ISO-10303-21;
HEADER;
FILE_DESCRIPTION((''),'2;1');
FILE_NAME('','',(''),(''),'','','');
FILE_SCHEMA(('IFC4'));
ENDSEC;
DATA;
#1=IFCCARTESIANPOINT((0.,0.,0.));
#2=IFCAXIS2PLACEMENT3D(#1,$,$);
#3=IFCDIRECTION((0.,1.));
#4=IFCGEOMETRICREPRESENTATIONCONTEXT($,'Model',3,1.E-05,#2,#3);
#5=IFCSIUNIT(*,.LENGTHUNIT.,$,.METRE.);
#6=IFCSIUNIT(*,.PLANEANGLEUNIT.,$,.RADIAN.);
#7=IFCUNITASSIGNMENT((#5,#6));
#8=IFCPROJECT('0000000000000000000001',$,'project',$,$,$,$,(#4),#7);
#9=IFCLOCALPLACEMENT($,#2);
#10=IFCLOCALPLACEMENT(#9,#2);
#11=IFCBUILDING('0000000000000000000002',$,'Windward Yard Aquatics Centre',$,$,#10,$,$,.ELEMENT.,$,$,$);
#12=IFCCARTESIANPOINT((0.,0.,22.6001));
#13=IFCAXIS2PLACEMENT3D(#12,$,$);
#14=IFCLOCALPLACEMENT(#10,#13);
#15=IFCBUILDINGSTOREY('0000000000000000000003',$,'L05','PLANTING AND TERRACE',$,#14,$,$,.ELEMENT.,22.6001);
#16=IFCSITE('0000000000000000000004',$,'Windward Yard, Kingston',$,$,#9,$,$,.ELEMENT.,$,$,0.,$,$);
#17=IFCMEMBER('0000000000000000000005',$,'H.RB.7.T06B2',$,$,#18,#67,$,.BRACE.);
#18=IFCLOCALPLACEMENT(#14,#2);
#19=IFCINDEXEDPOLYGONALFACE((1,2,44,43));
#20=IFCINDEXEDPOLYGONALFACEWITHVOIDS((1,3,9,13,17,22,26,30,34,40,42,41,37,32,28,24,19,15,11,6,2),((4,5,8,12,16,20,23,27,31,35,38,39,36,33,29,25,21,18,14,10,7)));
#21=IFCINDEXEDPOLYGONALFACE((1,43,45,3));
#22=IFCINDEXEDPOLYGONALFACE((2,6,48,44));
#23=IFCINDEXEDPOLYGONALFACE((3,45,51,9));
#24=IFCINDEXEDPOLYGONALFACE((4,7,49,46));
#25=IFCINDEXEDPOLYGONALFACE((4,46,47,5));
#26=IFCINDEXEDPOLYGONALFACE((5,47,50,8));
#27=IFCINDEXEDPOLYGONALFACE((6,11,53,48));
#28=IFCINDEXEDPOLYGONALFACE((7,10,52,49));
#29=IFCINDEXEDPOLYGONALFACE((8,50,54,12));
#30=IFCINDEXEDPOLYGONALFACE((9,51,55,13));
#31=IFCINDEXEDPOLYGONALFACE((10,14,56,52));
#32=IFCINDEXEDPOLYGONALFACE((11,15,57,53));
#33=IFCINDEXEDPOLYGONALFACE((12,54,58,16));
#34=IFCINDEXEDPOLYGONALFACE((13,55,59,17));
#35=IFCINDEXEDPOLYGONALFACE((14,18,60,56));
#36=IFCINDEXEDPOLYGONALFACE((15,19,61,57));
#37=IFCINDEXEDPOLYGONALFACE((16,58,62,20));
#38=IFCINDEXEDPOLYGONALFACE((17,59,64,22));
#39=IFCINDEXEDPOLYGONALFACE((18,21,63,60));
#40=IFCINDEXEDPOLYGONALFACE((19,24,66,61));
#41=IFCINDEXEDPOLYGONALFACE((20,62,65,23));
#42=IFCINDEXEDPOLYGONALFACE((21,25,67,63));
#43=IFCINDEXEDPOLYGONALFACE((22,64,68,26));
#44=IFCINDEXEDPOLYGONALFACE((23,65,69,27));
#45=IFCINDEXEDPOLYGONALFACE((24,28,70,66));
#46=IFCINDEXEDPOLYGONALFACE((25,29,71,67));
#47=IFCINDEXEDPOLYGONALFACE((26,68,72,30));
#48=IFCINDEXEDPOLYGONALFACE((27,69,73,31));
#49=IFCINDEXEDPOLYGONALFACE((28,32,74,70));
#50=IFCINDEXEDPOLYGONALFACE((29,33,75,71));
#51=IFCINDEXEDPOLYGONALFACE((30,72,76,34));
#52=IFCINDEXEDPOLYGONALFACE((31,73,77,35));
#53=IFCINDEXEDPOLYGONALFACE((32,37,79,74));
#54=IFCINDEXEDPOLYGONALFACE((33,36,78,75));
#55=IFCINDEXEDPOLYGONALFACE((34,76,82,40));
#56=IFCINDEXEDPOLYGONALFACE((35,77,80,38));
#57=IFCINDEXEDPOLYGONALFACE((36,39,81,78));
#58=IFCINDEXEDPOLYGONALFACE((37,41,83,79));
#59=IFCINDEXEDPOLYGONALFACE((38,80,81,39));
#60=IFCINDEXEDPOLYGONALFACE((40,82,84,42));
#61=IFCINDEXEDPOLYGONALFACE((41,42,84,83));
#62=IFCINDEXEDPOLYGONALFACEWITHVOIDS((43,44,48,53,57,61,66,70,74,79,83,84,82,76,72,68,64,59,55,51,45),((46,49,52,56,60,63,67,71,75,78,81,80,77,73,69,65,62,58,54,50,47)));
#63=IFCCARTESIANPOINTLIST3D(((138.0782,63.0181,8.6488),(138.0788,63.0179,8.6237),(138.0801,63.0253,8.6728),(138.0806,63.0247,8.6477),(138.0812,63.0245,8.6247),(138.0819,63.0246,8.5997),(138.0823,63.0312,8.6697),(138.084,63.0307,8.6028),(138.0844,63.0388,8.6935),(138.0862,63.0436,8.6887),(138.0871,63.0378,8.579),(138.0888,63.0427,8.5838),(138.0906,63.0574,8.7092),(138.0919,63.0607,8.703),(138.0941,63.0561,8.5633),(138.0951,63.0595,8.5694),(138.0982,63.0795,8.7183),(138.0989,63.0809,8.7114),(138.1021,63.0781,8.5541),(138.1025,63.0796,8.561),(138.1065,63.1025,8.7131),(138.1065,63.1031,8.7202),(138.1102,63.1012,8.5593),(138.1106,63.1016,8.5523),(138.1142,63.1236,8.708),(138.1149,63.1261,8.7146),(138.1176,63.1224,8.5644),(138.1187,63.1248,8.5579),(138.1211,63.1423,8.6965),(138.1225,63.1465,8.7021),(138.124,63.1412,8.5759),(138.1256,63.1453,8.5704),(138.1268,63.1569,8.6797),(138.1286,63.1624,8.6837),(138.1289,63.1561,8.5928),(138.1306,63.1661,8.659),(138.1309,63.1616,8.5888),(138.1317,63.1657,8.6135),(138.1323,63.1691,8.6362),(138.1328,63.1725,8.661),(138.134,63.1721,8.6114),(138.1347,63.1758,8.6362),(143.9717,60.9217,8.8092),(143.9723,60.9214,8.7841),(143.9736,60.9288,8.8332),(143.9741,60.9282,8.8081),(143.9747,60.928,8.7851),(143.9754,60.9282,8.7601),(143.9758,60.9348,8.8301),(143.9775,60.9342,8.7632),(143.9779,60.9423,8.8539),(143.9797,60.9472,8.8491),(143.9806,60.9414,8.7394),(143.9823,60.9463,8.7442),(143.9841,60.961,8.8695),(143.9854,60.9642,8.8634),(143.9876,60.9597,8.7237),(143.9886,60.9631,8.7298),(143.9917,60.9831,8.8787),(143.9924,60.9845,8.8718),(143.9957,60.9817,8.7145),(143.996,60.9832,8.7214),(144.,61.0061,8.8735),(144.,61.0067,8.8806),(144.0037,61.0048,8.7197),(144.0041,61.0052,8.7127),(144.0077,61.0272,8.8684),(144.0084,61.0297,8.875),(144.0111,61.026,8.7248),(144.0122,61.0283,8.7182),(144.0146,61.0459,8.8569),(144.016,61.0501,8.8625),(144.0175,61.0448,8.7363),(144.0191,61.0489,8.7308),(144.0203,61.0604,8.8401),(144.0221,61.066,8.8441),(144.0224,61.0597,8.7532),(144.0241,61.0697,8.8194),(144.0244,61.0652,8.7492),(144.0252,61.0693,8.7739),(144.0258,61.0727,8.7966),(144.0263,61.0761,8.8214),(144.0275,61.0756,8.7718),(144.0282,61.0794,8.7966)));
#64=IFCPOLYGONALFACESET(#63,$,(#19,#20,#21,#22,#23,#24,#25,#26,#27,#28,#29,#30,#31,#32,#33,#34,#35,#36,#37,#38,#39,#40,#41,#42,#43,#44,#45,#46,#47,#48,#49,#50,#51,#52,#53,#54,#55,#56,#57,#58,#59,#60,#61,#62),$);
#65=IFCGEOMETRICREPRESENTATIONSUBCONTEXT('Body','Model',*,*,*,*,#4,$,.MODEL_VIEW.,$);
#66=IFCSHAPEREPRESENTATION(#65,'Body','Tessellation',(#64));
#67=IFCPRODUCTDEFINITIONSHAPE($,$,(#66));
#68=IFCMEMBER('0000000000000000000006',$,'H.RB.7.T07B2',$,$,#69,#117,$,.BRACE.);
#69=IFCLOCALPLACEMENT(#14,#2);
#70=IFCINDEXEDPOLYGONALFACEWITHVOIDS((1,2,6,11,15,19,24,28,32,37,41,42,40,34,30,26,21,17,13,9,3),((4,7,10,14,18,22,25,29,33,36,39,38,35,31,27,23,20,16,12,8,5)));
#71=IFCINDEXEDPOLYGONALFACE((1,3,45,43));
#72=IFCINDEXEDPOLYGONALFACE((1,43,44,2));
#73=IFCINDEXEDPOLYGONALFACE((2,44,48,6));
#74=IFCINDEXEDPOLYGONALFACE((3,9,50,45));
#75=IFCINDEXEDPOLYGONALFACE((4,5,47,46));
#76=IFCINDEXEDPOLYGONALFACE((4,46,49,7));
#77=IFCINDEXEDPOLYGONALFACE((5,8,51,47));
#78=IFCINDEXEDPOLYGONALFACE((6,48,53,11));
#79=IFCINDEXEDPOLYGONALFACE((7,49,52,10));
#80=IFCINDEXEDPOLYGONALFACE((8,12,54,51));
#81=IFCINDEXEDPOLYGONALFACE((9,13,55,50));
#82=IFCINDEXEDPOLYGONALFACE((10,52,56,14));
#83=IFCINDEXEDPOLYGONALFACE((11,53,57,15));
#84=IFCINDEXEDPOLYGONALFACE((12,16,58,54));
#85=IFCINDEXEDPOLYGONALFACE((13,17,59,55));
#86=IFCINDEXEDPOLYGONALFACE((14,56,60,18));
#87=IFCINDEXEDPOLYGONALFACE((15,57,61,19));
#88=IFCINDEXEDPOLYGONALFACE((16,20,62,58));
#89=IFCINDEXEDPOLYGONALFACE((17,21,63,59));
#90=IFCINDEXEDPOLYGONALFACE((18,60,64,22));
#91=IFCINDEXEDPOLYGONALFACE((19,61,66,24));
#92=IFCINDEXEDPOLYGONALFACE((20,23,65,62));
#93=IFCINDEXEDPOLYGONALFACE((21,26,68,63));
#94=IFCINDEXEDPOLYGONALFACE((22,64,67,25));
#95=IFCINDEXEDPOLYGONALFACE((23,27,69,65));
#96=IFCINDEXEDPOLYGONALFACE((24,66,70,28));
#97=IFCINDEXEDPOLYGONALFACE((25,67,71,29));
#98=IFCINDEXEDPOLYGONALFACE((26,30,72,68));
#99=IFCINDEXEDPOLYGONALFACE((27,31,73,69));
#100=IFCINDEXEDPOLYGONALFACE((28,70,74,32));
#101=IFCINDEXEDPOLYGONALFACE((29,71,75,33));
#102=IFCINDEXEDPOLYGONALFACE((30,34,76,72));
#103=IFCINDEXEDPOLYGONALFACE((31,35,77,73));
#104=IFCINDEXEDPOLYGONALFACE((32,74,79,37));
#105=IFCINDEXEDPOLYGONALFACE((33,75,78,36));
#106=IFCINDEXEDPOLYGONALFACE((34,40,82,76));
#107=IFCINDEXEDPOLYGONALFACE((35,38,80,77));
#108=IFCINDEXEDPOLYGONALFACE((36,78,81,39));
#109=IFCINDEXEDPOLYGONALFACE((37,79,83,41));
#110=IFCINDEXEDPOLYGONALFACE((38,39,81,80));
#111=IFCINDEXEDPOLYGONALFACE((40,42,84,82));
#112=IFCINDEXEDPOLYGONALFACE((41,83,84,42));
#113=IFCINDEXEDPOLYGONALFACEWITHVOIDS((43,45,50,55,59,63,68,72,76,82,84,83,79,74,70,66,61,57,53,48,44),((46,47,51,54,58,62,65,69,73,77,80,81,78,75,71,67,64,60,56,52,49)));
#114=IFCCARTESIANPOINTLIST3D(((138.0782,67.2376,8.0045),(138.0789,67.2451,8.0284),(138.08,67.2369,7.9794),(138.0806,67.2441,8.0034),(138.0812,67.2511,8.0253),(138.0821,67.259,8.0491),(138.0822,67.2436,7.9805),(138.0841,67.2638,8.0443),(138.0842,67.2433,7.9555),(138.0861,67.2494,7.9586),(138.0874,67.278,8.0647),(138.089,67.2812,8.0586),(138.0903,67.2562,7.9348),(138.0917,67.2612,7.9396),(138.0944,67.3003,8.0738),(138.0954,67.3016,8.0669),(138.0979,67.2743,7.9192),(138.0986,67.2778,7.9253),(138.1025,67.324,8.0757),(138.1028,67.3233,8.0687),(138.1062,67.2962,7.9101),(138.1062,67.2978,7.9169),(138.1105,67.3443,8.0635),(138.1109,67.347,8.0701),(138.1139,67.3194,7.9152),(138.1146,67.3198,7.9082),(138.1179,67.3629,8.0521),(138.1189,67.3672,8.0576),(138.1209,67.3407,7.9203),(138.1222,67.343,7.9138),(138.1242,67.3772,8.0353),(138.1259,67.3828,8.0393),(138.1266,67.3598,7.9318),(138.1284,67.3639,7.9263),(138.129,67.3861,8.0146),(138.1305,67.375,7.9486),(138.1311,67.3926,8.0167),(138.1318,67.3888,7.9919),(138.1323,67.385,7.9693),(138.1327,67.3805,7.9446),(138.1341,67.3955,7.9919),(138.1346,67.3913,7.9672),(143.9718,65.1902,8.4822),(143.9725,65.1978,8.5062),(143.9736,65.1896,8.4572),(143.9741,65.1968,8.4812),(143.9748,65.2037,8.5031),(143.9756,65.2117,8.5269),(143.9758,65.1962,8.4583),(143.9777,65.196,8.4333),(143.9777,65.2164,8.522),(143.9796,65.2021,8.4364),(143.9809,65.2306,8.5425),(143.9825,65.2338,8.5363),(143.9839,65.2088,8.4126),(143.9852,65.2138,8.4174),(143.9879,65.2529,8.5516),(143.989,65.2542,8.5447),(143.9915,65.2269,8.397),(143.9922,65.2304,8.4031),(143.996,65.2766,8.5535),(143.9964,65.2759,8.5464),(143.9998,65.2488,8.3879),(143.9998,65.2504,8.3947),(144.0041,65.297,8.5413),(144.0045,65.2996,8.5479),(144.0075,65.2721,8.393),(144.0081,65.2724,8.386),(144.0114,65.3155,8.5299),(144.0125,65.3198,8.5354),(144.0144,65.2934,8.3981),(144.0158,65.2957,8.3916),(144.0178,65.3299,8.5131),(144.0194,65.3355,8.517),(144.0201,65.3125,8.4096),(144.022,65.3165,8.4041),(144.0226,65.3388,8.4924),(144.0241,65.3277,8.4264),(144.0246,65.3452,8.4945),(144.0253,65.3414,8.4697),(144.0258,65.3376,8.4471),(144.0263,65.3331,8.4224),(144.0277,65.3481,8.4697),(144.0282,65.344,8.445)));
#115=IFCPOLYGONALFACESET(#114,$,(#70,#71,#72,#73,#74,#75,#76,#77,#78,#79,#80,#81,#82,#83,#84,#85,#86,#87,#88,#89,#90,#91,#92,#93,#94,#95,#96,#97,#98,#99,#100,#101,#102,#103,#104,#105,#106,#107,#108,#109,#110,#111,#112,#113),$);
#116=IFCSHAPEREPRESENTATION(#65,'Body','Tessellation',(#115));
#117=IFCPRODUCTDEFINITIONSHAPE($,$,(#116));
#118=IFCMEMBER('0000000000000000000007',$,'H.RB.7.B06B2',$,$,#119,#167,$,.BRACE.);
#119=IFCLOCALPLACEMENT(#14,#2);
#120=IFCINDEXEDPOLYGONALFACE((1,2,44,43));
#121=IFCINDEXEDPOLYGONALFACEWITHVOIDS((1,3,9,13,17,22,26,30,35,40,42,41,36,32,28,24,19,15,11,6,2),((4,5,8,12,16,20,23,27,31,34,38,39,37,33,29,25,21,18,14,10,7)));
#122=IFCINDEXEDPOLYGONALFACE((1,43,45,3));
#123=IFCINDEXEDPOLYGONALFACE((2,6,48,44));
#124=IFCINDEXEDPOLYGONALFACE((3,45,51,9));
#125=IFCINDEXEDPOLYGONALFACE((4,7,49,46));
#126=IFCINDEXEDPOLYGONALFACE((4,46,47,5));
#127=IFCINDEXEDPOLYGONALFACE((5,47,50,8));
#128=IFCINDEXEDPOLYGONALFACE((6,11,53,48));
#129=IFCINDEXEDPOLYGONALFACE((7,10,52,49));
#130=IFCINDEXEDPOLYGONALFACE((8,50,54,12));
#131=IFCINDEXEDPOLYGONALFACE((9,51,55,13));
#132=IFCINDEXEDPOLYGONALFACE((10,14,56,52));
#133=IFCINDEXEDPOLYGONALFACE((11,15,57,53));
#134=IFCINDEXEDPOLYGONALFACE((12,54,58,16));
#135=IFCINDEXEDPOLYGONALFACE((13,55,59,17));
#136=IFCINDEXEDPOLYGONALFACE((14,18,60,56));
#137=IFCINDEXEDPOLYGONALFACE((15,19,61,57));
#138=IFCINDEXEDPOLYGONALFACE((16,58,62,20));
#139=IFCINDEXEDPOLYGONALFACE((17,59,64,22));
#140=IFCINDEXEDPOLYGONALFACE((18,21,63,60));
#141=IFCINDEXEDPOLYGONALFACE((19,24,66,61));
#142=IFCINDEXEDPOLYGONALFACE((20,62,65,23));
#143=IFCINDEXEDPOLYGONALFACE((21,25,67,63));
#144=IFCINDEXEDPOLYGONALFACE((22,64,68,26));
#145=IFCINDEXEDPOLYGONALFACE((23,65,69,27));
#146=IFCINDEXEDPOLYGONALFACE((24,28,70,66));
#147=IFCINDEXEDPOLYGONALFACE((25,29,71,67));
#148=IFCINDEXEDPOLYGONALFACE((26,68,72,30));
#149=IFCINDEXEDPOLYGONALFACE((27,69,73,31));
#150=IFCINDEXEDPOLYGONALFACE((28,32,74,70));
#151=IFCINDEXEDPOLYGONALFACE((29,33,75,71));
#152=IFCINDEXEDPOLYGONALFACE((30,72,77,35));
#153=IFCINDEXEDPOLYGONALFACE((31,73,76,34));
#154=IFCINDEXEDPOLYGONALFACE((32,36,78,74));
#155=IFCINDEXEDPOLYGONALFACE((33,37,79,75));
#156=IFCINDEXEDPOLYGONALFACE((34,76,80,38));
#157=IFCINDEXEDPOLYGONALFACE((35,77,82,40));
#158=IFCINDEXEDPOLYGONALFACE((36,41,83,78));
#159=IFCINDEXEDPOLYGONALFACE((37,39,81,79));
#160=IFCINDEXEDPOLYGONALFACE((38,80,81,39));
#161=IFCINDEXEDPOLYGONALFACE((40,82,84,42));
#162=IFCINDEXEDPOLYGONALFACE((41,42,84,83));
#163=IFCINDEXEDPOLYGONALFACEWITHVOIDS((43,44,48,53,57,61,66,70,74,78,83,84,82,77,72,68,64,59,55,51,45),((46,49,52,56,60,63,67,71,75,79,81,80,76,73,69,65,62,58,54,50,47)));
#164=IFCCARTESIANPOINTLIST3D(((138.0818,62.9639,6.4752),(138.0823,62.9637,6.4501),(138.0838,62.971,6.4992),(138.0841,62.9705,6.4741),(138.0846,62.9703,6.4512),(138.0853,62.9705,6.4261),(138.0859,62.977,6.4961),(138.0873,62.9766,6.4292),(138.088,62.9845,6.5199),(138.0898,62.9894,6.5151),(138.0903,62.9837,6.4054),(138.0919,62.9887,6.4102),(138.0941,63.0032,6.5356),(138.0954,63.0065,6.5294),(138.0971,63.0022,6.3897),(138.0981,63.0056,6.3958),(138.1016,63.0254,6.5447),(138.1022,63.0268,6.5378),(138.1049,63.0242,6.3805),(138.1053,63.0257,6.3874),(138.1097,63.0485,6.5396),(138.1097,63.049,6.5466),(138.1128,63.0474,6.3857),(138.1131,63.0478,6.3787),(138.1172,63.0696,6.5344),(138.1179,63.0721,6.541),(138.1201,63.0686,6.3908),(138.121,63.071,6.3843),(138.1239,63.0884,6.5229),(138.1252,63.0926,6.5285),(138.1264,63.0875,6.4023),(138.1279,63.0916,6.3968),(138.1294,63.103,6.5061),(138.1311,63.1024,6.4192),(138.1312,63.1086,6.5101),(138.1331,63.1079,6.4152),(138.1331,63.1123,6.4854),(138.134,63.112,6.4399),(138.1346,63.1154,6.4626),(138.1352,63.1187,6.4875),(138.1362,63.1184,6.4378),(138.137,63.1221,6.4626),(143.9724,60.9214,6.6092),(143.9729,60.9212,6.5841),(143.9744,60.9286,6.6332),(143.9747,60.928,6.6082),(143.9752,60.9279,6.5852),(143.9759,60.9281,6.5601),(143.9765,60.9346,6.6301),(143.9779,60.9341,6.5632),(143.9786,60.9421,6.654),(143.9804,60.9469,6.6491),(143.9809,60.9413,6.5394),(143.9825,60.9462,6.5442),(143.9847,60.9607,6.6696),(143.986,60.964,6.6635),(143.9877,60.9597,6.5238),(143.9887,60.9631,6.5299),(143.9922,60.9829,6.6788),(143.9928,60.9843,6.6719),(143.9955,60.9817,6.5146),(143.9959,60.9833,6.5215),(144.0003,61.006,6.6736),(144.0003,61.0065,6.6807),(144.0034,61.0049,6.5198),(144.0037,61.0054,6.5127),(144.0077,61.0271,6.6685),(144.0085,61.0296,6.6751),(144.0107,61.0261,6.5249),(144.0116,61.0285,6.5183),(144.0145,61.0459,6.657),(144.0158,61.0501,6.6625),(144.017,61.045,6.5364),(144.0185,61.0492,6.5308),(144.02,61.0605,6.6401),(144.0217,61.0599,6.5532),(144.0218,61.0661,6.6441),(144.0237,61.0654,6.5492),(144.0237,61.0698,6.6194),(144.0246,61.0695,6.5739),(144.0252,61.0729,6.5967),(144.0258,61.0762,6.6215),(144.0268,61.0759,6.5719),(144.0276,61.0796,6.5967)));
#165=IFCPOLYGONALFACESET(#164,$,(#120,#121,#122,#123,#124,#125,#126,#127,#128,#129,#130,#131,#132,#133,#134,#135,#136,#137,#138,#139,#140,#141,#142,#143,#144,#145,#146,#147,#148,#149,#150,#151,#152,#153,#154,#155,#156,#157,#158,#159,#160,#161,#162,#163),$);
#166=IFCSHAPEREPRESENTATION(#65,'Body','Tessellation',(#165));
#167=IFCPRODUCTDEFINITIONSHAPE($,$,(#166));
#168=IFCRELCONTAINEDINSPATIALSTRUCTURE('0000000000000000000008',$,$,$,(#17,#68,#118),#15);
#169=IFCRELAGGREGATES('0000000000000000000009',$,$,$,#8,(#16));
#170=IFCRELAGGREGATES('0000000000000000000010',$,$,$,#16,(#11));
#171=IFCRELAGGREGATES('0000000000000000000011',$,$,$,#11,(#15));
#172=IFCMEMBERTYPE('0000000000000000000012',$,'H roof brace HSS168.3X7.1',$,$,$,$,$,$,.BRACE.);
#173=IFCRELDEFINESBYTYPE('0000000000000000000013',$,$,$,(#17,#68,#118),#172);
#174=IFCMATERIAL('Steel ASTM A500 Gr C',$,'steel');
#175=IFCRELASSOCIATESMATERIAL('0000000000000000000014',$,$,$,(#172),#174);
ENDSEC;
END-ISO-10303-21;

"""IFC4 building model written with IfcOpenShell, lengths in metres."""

from ifc_helpers import new_model, si_unit, direction, frame, origin, origin_2d, place, context, subcontext, project, spatial, hollow_circle, extrude, material, material_profile, profile_set, type_object, element, save


model = new_model("IFC4")

# Units and contexts
model_context = context("Model", 3, precision=1e-05, world=origin(), true_north=direction((0.0, 1.0)))
body_context = subcontext(model_context, "Body", "Model", "MODEL_VIEW")
ifc_project = project(units=[si_unit("LENGTHUNIT", "METRE"), si_unit("PLANEANGLEUNIT", "RADIAN")], contexts=[model_context])

# Site, building, storey
site_placement = place(None, origin())
site = spatial("IfcSite", under=ifc_project, at=site_placement, Name="Windward Yard, Kingston", CompositionType="ELEMENT", RefElevation=0.0)
building_placement = place(site_placement, origin())
building = spatial("IfcBuilding", under=site, at=building_placement, Name="Windward Yard Aquatics Centre", CompositionType="ELEMENT")
storey_placement = place(building_placement, frame((0.0, 0.0, 22.6001)))
storey = spatial("IfcBuildingStorey", under=building, at=storey_placement, Name="L05", Description="PLANTING AND TERRACE", CompositionType="ELEMENT", Elevation=22.6001)

# Members
ifc_material_1 = material(Name="Steel ASTM A500 Gr C", Category="steel")
ifc_material_profile = material_profile(ifc_material_1, hollow_circle(Radius=0.0842, WallThickness=0.0071, at=origin_2d()), Name="HSS168.3X7.1")
ifc_profile_set = profile_set([ifc_material_profile], Name="Steel ASTM A500 Gr C")
member_type = type_object("IfcMemberType", Name="H roof brace HSS168.3X7.1", PredefinedType="BRACE", material=ifc_profile_set)
for number, where, z_axis, x_axis, name in (
    (1, (138.1064, 63.0964, 8.6362), (0.941857, -0.335034, 0.025634), (0.335144, 0.942167, 0.0), "H.RB.7.T06B2"),
    (2, (138.1064, 67.3159, 7.9919), (0.941867, -0.327195, 0.076356), (0.328153, 0.944624, 0.0), "H.RB.7.T07B2"),
):
    element("IfcMember", number, at=place(storey_placement, frame(where, z_axis=z_axis, x_axis=x_axis)), inside=storey, type_object=member_type, Name=name, PredefinedType="BRACE", context=body_context, shape_type="SweptSolid", body=[
        extrude(hollow_circle(Radius=0.0842, WallThickness=0.0071, at=origin_2d()), origin(), (0.0, 0.0, 1.0), 6.2573),
    ])
for number, where, z_axis, x_axis, name in (
    (3, (138.1094, 63.0425, 6.4626), (0.944598, -0.327524, 0.021493), (0.3276, 0.944816, 0.0), "H.RB.7.B06B2"),
):
    element("IfcMember", number, at=place(storey_placement, frame(where, z_axis=z_axis, x_axis=x_axis)), inside=storey, type_object=member_type, Name=name, PredefinedType="BRACE", context=body_context, shape_type="SweptSolid", body=[
        extrude(hollow_circle(Radius=0.0842, WallThickness=0.0071, at=origin_2d()), origin(), (0.0, 0.0, 1.0), 6.2361),
    ])

save(model, "model.ifc")
